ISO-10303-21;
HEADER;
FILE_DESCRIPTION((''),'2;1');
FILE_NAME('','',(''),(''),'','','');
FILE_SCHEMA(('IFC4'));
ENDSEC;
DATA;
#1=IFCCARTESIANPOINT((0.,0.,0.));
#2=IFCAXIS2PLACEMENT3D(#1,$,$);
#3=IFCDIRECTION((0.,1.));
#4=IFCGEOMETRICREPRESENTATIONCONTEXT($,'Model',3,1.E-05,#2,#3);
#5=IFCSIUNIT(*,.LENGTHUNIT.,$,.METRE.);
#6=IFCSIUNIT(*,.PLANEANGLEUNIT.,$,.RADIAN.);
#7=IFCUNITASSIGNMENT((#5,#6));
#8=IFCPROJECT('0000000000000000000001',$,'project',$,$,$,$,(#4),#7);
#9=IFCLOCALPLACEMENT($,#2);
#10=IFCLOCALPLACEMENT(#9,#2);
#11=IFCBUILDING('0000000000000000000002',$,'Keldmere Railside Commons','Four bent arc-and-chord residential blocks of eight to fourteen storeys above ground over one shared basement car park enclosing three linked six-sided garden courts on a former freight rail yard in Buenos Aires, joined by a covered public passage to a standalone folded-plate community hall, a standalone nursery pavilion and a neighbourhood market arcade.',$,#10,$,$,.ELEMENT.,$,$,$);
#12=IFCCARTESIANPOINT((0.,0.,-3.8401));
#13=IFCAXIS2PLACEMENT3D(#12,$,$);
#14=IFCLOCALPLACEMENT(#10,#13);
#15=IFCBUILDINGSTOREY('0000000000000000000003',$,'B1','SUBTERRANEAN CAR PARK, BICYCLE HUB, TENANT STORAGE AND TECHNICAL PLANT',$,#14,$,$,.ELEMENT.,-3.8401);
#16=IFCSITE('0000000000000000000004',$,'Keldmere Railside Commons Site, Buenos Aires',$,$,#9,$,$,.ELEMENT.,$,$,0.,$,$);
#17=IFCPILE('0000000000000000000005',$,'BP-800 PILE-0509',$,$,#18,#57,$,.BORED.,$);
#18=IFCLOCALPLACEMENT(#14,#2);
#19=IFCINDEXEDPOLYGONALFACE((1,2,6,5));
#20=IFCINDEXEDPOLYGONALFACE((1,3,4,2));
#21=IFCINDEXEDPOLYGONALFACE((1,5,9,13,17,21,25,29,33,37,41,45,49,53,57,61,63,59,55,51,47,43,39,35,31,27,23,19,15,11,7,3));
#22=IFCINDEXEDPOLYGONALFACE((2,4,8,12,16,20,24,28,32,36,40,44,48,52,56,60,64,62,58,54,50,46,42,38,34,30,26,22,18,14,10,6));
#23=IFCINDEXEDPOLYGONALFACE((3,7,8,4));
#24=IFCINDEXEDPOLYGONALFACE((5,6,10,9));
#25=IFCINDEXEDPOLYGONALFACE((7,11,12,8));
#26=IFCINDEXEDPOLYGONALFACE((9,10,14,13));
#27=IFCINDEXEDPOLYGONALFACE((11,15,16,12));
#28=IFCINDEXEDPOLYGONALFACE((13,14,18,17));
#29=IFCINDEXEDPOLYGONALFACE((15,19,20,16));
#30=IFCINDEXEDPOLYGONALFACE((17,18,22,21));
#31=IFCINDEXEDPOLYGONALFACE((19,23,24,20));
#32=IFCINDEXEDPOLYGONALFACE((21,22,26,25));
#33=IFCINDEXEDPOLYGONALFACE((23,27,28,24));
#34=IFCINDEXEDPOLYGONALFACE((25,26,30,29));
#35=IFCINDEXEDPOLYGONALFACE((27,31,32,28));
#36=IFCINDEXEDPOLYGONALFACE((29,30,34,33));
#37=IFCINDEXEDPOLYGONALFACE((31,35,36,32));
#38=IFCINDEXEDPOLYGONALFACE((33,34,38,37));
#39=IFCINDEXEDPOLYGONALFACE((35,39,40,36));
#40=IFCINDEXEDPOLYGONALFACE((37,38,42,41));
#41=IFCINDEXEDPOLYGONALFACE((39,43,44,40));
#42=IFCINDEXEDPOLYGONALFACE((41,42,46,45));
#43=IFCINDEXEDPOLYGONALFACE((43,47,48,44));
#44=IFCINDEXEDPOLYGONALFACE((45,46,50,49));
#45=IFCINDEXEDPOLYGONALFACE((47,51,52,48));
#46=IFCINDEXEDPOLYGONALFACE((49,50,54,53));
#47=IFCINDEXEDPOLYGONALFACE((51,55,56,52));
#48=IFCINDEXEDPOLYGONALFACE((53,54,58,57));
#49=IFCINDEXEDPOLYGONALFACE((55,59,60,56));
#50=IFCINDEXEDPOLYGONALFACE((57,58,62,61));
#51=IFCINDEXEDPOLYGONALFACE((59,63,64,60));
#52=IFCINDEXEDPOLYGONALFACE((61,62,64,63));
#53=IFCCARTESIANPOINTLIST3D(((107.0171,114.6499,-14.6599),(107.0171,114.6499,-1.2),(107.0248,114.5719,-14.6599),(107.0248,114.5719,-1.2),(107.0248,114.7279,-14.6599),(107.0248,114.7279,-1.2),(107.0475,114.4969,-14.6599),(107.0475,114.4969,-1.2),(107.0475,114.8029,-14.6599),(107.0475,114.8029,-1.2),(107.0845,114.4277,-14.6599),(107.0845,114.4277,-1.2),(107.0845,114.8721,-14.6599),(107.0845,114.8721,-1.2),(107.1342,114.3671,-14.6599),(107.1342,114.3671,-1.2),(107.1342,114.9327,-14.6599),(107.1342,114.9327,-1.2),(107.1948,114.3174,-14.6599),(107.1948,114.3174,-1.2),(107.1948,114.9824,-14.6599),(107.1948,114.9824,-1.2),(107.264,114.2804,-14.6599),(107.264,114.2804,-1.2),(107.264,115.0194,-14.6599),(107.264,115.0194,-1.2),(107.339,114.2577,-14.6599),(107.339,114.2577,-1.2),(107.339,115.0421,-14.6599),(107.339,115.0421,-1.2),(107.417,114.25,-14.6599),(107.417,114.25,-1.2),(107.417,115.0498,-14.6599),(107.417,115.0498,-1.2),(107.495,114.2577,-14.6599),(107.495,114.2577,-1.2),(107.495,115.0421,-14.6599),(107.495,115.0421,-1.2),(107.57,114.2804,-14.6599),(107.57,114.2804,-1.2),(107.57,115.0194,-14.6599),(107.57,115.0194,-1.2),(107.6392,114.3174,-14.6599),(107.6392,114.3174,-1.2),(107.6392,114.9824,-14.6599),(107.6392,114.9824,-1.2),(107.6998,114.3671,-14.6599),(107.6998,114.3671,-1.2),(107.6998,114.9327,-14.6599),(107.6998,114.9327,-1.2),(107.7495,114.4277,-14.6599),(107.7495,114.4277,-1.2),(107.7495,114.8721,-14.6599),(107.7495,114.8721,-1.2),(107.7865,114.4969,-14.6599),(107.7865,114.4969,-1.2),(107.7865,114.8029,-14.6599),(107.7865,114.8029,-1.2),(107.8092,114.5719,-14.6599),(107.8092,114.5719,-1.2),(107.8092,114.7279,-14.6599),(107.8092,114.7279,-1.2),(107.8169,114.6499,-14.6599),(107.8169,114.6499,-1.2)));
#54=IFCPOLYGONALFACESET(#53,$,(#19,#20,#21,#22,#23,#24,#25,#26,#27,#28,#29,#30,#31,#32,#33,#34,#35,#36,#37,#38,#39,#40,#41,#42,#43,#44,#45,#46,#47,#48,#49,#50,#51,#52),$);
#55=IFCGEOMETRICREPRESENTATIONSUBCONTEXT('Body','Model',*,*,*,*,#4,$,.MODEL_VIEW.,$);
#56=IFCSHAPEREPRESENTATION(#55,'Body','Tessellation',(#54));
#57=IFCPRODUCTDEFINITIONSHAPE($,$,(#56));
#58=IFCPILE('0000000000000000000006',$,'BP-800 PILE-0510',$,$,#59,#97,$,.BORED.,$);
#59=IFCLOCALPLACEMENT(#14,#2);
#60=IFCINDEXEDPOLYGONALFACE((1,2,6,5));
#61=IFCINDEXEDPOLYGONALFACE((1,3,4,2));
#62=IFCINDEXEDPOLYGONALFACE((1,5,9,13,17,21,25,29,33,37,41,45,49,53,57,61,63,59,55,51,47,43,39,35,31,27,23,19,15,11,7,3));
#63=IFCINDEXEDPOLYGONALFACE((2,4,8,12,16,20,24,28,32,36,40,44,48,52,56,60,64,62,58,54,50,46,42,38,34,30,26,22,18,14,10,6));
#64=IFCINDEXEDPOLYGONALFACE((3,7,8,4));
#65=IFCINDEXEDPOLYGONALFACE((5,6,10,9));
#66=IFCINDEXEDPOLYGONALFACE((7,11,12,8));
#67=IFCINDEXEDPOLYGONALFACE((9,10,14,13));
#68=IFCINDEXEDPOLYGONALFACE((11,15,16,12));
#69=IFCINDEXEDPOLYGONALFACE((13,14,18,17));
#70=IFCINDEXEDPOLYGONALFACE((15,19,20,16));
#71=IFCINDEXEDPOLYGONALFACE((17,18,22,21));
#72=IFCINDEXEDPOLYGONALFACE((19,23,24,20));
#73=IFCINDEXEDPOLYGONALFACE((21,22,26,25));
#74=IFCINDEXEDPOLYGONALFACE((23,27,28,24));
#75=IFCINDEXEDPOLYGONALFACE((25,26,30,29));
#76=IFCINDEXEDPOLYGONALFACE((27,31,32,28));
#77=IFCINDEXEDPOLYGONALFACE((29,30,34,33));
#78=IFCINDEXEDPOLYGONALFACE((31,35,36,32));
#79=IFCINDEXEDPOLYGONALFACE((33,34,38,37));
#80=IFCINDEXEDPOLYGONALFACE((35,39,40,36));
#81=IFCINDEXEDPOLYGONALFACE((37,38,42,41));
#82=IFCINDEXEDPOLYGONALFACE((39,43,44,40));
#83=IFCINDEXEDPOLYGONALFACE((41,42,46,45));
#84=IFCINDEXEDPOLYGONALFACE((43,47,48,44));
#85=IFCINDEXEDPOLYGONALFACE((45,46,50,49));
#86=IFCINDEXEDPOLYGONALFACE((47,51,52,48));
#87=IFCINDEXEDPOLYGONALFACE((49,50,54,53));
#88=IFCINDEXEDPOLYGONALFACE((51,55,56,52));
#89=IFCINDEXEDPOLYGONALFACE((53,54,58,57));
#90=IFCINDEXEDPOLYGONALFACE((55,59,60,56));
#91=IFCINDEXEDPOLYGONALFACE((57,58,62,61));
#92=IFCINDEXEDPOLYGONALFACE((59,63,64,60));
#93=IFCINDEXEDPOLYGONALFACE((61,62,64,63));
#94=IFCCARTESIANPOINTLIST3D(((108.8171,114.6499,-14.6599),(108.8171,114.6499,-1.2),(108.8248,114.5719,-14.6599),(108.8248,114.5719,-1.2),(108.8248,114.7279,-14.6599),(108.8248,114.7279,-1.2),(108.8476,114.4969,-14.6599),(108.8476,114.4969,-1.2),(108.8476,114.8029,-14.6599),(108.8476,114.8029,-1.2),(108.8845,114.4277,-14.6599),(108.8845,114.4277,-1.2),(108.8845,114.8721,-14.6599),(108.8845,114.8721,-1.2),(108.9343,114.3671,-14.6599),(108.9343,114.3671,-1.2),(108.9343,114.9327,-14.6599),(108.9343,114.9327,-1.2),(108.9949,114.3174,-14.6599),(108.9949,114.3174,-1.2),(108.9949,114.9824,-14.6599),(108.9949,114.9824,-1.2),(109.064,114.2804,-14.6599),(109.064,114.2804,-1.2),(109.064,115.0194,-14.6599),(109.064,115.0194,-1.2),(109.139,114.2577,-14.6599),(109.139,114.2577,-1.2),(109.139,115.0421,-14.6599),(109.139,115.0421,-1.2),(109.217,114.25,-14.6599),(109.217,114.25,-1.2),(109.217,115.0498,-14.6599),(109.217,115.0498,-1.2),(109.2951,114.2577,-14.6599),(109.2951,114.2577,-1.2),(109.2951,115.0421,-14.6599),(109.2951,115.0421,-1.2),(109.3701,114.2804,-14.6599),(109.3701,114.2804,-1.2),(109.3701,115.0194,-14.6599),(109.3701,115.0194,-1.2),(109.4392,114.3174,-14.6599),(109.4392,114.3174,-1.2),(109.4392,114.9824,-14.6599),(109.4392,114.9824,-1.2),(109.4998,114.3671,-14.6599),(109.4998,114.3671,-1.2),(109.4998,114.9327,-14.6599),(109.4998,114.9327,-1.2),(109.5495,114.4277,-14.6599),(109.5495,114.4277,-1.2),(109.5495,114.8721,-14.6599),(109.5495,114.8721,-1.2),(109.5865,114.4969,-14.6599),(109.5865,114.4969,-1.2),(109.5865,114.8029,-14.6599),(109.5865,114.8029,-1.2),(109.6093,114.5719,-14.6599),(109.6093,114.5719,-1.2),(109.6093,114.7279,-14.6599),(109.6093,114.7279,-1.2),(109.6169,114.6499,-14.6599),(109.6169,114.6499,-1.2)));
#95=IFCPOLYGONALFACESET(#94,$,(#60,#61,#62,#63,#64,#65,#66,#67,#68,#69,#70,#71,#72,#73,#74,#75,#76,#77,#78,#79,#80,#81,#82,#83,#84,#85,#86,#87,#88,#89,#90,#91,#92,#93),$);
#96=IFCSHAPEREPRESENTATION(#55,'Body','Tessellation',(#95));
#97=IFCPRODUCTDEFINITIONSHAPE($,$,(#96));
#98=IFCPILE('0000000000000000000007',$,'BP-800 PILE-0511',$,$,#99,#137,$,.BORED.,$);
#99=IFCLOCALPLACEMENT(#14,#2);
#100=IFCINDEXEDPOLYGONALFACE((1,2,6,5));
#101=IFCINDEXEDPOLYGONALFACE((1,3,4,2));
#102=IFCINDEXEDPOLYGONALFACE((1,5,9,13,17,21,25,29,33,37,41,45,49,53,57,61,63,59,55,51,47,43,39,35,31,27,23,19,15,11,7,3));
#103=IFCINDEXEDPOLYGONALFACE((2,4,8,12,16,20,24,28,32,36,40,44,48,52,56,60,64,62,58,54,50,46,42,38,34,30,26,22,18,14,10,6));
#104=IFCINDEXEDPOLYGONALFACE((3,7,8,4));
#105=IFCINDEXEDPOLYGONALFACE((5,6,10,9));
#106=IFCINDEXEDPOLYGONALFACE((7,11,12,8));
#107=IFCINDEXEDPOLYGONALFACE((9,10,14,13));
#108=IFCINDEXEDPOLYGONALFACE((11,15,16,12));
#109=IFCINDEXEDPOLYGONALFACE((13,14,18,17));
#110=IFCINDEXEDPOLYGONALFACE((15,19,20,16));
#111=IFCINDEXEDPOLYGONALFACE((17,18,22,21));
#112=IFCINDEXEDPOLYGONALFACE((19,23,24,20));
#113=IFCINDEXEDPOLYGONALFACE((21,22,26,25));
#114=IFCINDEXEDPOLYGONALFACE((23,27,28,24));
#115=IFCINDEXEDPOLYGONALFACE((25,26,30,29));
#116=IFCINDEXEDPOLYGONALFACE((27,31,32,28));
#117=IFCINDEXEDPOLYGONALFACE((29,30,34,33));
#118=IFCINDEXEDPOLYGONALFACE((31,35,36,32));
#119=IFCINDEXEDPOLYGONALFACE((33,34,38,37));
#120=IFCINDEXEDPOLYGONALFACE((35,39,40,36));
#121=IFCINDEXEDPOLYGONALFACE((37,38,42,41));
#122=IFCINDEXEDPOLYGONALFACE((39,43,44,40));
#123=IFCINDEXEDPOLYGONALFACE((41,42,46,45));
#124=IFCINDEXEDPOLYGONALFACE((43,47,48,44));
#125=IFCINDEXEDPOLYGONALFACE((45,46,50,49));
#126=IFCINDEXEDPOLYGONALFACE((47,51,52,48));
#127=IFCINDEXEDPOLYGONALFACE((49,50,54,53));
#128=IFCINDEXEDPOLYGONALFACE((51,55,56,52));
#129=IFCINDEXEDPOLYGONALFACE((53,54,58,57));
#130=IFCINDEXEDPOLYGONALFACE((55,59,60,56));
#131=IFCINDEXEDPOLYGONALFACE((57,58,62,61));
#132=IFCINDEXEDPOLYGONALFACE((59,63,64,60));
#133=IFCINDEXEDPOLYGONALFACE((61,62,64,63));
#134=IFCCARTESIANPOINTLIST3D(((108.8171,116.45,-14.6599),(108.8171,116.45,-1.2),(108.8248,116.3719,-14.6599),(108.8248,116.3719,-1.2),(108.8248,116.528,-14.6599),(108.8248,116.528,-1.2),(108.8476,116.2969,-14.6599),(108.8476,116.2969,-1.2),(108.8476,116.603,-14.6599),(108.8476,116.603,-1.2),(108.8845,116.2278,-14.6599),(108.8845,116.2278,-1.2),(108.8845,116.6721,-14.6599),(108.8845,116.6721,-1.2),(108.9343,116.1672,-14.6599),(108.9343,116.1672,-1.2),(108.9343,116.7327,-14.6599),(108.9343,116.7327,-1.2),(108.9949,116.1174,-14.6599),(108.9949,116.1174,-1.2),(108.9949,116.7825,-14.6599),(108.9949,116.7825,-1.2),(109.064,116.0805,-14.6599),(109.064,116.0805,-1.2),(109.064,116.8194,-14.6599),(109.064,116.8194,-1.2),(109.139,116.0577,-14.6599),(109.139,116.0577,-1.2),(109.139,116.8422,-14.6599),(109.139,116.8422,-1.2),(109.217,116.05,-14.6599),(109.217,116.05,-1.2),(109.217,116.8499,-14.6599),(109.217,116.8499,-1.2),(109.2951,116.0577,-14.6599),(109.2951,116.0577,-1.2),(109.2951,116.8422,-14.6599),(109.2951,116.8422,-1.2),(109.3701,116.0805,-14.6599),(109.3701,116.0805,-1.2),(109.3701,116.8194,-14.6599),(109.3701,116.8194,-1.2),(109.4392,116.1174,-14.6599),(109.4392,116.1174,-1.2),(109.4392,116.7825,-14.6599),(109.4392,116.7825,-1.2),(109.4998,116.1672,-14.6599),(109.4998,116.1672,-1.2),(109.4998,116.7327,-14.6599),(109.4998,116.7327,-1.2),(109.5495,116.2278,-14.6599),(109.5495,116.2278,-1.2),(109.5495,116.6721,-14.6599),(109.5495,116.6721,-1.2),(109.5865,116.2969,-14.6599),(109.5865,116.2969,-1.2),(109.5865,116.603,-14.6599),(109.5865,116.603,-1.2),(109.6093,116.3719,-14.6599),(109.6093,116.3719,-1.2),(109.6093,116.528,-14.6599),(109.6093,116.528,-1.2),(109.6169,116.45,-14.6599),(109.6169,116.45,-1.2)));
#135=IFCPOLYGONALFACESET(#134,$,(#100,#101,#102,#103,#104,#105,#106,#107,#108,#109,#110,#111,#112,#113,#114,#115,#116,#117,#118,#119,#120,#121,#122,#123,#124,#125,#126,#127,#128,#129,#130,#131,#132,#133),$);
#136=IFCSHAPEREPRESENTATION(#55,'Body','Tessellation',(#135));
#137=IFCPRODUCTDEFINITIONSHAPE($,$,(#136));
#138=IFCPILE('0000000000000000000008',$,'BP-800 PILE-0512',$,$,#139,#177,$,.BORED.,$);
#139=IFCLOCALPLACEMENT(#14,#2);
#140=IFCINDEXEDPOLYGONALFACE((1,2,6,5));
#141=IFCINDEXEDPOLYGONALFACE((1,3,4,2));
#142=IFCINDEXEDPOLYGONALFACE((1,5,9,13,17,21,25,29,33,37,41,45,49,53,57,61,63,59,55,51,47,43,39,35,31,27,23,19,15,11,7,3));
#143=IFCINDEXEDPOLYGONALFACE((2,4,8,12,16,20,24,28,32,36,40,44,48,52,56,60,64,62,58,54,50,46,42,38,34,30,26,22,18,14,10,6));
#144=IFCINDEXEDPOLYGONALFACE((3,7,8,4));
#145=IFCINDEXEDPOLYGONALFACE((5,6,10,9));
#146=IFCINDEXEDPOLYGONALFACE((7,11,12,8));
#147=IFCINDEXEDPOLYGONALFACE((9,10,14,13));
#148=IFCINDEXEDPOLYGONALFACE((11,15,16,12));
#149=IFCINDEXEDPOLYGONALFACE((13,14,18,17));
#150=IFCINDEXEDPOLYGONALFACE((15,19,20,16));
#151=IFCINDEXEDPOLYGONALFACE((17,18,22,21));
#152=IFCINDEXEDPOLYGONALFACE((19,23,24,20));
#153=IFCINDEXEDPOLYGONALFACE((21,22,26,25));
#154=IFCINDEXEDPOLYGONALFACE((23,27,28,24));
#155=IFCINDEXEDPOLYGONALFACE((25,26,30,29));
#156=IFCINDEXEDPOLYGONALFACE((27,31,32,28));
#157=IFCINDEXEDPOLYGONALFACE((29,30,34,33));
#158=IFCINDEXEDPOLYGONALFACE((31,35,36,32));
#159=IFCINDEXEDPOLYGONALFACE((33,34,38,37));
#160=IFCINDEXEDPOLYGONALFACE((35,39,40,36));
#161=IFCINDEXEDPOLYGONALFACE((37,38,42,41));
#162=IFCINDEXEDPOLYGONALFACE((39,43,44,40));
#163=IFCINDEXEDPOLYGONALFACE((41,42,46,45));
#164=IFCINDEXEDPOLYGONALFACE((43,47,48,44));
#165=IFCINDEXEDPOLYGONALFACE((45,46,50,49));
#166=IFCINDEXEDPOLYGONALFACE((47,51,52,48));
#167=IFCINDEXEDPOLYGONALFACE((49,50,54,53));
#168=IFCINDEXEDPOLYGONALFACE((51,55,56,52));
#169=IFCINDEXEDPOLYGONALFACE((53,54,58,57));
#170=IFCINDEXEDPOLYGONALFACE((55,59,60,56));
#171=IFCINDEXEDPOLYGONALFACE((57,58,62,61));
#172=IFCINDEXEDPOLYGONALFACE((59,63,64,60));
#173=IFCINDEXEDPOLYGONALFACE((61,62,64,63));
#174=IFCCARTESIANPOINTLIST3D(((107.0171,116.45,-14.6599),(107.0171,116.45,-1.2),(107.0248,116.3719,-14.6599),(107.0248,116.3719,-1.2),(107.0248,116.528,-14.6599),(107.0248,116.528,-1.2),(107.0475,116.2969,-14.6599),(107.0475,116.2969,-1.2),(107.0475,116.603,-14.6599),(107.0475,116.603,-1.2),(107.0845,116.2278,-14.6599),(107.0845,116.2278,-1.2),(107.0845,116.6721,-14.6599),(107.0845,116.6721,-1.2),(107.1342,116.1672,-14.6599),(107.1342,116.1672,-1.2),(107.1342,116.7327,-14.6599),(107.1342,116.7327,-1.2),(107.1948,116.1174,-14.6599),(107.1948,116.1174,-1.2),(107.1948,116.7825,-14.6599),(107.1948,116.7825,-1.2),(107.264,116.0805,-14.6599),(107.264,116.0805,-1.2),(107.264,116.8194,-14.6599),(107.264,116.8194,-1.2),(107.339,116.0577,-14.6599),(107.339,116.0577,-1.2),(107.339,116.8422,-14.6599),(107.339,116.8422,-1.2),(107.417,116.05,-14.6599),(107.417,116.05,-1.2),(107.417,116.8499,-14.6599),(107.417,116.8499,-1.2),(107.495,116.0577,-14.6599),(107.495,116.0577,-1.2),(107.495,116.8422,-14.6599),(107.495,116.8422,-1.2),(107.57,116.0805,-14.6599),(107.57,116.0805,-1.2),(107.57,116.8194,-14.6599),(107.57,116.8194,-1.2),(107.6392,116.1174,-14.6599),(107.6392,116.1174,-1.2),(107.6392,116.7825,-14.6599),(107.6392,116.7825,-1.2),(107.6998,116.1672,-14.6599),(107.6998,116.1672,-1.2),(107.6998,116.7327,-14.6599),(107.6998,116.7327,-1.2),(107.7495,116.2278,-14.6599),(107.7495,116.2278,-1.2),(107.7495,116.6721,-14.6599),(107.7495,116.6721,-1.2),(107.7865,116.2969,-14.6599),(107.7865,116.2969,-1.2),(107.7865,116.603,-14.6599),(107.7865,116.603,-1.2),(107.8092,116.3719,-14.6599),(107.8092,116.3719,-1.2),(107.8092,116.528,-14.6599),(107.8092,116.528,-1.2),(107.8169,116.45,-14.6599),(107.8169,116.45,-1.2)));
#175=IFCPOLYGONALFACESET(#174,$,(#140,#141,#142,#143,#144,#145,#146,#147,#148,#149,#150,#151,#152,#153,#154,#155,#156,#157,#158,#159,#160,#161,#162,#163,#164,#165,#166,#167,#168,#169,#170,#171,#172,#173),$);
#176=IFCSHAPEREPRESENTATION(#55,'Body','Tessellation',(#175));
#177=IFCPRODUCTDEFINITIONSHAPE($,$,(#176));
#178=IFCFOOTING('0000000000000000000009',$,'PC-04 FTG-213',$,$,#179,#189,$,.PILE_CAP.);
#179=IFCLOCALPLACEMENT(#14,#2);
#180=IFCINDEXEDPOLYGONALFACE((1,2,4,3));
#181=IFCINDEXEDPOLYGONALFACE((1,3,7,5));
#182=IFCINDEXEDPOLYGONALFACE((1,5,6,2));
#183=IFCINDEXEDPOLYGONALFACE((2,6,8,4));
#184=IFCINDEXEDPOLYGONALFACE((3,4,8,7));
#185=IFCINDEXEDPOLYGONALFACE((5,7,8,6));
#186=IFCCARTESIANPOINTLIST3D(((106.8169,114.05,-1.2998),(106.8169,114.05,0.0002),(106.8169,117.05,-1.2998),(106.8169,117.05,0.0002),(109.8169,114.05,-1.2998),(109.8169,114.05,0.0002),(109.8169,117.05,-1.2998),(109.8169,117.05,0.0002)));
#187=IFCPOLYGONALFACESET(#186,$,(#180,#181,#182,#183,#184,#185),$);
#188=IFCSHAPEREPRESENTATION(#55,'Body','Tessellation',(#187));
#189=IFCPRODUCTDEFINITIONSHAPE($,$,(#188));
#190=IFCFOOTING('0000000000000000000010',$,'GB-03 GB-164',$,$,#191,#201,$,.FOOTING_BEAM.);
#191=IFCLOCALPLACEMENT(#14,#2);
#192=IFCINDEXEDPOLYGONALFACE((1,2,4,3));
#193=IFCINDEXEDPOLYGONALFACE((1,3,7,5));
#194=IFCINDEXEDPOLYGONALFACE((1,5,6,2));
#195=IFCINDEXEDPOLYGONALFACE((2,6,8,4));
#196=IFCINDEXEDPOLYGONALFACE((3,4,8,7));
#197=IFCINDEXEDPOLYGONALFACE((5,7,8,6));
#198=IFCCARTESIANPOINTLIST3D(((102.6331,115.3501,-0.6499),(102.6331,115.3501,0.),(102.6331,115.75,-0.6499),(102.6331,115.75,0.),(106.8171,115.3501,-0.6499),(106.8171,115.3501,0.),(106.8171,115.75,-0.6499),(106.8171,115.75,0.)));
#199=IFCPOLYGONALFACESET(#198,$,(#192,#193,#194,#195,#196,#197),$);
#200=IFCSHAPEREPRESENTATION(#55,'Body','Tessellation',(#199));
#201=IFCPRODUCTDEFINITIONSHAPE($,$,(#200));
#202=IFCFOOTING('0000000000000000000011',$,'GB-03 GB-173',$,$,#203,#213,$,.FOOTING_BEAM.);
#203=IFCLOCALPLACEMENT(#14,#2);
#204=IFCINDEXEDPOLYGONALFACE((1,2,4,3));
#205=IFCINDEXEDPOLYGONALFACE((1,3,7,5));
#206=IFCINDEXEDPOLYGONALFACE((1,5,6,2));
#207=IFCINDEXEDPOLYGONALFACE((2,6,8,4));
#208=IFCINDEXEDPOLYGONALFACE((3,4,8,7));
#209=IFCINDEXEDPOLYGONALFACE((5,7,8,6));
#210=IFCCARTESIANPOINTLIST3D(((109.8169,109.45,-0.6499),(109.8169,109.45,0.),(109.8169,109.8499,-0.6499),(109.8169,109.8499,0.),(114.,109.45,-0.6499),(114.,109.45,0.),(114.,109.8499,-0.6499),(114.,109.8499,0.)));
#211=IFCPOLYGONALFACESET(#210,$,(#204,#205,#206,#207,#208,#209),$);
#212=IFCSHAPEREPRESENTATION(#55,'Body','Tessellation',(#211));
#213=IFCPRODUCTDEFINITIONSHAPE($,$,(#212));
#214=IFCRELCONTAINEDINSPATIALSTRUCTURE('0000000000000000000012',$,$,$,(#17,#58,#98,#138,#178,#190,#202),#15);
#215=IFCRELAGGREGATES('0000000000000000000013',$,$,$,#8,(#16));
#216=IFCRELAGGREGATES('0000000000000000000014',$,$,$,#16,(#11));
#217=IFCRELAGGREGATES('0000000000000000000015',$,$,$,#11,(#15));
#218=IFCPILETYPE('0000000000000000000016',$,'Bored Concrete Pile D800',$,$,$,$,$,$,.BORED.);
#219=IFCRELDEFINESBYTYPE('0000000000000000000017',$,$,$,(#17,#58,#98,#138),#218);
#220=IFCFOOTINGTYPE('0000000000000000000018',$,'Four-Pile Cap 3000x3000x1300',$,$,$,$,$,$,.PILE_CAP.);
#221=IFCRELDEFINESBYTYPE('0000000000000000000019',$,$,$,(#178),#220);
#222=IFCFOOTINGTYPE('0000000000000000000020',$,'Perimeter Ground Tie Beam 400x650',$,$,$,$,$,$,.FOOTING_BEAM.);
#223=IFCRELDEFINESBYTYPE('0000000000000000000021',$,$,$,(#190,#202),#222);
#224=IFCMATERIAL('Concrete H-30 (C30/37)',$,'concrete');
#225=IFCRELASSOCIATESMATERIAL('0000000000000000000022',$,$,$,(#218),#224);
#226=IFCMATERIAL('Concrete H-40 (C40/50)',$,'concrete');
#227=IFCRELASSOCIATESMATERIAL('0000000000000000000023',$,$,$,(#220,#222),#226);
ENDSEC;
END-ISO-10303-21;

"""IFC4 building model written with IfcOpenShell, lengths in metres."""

from ifc_helpers import new_model, si_unit, direction, frame, origin, origin_2d, place, context, subcontext, project, spatial, rectangle, circle, extrude, material, material_profile, profile_set, type_object, element, save


model = new_model("IFC4")

# Units and contexts
model_context = context("Model", 3, precision=1e-05, world=origin(), true_north=direction((0.0, 1.0)))
body_context = subcontext(model_context, "Body", "Model", "MODEL_VIEW")
ifc_project = project(units=[si_unit("LENGTHUNIT", "METRE"), si_unit("PLANEANGLEUNIT", "RADIAN")], contexts=[model_context])

# Site, building, storey
site_placement = place(None, origin())
site = spatial("IfcSite", under=ifc_project, at=site_placement, Name="Keldmere Railside Commons Site, Buenos Aires", CompositionType="ELEMENT", RefElevation=0.0)
building_placement = place(site_placement, origin())
building = spatial("IfcBuilding", under=site, at=building_placement, Name="Keldmere Railside Commons", Description="Four bent arc-and-chord residential blocks of eight to fourteen storeys above ground over one shared basement car park enclosing three linked six-sided garden courts on a former freight rail yard in Buenos Aires, joined by a covered public passage to a standalone folded-plate community hall, a standalone nursery pavilion and a neighbourhood market arcade.", CompositionType="ELEMENT")
storey_placement = place(building_placement, frame((0.0, 0.0, -3.8401)))
storey = spatial("IfcBuildingStorey", under=building, at=storey_placement, Name="B1", Description="SUBTERRANEAN CAR PARK, BICYCLE HUB, TENANT STORAGE AND TECHNICAL PLANT", CompositionType="ELEMENT", Elevation=-3.8401)

# Piles
ifc_material_1 = material(Name="Concrete H-30 (C30/37)", Category="concrete")
ifc_material_profile_1 = material_profile(ifc_material_1, circle(Radius=0.3999, at=origin_2d()), Name="PILE-D800")
ifc_profile_set_1 = profile_set([ifc_material_profile_1], Name="Concrete H-30 (C30/37)")
pile_type = type_object("IfcPileType", Name="Bored Concrete Pile D800", PredefinedType="BORED", material=ifc_profile_set_1)
for number, where, z_axis, x_axis, name in (
    (1, (107.417, 114.6499, -1.2), (0.0, 0.0, -1.0), (1.0, 0.0, 0.0), "BP-800 PILE-0509"),
    (2, (109.217, 114.6499, -1.2), (0.0, 0.0, -1.0), (1.0, 0.0, 0.0), "BP-800 PILE-0510"),
    (3, (109.217, 116.45, -1.2), (0.0, 0.0, -1.0), (1.0, 0.0, 0.0), "BP-800 PILE-0511"),
    (4, (107.417, 116.45, -1.2), (0.0, 0.0, -1.0), (1.0, 0.0, 0.0), "BP-800 PILE-0512"),
):
    element("IfcPile", number, at=place(storey_placement, frame(where, z_axis=z_axis, x_axis=x_axis)), inside=storey, type_object=pile_type, Name=name, PredefinedType="BORED", context=body_context, shape_type="SweptSolid", body=[
        extrude(circle(Radius=0.3999, at=origin_2d()), origin(), (0.0, 0.0, 1.0), 13.46),
    ])

# Footings
ifc_material_2 = material(Name="Concrete H-40 (C40/50)", Category="concrete")
footing_type_1 = type_object("IfcFootingType", Name="Four-Pile Cap 3000x3000x1300", PredefinedType="PILE_CAP", material=ifc_material_2)
footing_1_placement = place(storey_placement, frame((108.3169, 115.55, -1.2998), z_axis=(0.0, 0.0, 1.0), x_axis=(1.0, 0.0, 0.0)))
element("IfcFooting", 5, at=footing_1_placement, inside=storey, type_object=footing_type_1, Name="PC-04 FTG-213", PredefinedType="PILE_CAP", context=body_context, shape_type="SweptSolid", body=[
    extrude(rectangle(XDim=3.0, YDim=3.0, at=origin_2d()), origin(), (0.0, 0.0, 1.0), 1.3),
])
footing_type_2 = type_object("IfcFootingType", Name="Perimeter Ground Tie Beam 400x650", PredefinedType="FOOTING_BEAM", material=ifc_material_2)
footing_2_placement = place(storey_placement, frame((104.7251, 115.55, -0.6499), z_axis=(0.0, 0.0, 1.0), x_axis=(1.0, 0.0, 0.0)))
element("IfcFooting", 6, at=footing_2_placement, inside=storey, type_object=footing_type_2, Name="GB-03 GB-164", PredefinedType="FOOTING_BEAM", context=body_context, shape_type="SweptSolid", body=[
    extrude(rectangle(XDim=4.1841, YDim=0.3999, at=origin_2d()), origin(), (0.0, 0.0, 1.0), 0.6499),
])
footing_3_placement = place(storey_placement, frame((111.9084, 109.6499, -0.6499), z_axis=(0.0, 0.0, 1.0), x_axis=(1.0, 0.0, 0.0)))
element("IfcFooting", 7, at=footing_3_placement, inside=storey, type_object=footing_type_2, Name="GB-03 GB-173", PredefinedType="FOOTING_BEAM", context=body_context, shape_type="SweptSolid", body=[
    extrude(rectangle(XDim=4.1831, YDim=0.3999, at=origin_2d()), origin(), (0.0, 0.0, 1.0), 0.6499),
])

save(model, "model.ifc")
